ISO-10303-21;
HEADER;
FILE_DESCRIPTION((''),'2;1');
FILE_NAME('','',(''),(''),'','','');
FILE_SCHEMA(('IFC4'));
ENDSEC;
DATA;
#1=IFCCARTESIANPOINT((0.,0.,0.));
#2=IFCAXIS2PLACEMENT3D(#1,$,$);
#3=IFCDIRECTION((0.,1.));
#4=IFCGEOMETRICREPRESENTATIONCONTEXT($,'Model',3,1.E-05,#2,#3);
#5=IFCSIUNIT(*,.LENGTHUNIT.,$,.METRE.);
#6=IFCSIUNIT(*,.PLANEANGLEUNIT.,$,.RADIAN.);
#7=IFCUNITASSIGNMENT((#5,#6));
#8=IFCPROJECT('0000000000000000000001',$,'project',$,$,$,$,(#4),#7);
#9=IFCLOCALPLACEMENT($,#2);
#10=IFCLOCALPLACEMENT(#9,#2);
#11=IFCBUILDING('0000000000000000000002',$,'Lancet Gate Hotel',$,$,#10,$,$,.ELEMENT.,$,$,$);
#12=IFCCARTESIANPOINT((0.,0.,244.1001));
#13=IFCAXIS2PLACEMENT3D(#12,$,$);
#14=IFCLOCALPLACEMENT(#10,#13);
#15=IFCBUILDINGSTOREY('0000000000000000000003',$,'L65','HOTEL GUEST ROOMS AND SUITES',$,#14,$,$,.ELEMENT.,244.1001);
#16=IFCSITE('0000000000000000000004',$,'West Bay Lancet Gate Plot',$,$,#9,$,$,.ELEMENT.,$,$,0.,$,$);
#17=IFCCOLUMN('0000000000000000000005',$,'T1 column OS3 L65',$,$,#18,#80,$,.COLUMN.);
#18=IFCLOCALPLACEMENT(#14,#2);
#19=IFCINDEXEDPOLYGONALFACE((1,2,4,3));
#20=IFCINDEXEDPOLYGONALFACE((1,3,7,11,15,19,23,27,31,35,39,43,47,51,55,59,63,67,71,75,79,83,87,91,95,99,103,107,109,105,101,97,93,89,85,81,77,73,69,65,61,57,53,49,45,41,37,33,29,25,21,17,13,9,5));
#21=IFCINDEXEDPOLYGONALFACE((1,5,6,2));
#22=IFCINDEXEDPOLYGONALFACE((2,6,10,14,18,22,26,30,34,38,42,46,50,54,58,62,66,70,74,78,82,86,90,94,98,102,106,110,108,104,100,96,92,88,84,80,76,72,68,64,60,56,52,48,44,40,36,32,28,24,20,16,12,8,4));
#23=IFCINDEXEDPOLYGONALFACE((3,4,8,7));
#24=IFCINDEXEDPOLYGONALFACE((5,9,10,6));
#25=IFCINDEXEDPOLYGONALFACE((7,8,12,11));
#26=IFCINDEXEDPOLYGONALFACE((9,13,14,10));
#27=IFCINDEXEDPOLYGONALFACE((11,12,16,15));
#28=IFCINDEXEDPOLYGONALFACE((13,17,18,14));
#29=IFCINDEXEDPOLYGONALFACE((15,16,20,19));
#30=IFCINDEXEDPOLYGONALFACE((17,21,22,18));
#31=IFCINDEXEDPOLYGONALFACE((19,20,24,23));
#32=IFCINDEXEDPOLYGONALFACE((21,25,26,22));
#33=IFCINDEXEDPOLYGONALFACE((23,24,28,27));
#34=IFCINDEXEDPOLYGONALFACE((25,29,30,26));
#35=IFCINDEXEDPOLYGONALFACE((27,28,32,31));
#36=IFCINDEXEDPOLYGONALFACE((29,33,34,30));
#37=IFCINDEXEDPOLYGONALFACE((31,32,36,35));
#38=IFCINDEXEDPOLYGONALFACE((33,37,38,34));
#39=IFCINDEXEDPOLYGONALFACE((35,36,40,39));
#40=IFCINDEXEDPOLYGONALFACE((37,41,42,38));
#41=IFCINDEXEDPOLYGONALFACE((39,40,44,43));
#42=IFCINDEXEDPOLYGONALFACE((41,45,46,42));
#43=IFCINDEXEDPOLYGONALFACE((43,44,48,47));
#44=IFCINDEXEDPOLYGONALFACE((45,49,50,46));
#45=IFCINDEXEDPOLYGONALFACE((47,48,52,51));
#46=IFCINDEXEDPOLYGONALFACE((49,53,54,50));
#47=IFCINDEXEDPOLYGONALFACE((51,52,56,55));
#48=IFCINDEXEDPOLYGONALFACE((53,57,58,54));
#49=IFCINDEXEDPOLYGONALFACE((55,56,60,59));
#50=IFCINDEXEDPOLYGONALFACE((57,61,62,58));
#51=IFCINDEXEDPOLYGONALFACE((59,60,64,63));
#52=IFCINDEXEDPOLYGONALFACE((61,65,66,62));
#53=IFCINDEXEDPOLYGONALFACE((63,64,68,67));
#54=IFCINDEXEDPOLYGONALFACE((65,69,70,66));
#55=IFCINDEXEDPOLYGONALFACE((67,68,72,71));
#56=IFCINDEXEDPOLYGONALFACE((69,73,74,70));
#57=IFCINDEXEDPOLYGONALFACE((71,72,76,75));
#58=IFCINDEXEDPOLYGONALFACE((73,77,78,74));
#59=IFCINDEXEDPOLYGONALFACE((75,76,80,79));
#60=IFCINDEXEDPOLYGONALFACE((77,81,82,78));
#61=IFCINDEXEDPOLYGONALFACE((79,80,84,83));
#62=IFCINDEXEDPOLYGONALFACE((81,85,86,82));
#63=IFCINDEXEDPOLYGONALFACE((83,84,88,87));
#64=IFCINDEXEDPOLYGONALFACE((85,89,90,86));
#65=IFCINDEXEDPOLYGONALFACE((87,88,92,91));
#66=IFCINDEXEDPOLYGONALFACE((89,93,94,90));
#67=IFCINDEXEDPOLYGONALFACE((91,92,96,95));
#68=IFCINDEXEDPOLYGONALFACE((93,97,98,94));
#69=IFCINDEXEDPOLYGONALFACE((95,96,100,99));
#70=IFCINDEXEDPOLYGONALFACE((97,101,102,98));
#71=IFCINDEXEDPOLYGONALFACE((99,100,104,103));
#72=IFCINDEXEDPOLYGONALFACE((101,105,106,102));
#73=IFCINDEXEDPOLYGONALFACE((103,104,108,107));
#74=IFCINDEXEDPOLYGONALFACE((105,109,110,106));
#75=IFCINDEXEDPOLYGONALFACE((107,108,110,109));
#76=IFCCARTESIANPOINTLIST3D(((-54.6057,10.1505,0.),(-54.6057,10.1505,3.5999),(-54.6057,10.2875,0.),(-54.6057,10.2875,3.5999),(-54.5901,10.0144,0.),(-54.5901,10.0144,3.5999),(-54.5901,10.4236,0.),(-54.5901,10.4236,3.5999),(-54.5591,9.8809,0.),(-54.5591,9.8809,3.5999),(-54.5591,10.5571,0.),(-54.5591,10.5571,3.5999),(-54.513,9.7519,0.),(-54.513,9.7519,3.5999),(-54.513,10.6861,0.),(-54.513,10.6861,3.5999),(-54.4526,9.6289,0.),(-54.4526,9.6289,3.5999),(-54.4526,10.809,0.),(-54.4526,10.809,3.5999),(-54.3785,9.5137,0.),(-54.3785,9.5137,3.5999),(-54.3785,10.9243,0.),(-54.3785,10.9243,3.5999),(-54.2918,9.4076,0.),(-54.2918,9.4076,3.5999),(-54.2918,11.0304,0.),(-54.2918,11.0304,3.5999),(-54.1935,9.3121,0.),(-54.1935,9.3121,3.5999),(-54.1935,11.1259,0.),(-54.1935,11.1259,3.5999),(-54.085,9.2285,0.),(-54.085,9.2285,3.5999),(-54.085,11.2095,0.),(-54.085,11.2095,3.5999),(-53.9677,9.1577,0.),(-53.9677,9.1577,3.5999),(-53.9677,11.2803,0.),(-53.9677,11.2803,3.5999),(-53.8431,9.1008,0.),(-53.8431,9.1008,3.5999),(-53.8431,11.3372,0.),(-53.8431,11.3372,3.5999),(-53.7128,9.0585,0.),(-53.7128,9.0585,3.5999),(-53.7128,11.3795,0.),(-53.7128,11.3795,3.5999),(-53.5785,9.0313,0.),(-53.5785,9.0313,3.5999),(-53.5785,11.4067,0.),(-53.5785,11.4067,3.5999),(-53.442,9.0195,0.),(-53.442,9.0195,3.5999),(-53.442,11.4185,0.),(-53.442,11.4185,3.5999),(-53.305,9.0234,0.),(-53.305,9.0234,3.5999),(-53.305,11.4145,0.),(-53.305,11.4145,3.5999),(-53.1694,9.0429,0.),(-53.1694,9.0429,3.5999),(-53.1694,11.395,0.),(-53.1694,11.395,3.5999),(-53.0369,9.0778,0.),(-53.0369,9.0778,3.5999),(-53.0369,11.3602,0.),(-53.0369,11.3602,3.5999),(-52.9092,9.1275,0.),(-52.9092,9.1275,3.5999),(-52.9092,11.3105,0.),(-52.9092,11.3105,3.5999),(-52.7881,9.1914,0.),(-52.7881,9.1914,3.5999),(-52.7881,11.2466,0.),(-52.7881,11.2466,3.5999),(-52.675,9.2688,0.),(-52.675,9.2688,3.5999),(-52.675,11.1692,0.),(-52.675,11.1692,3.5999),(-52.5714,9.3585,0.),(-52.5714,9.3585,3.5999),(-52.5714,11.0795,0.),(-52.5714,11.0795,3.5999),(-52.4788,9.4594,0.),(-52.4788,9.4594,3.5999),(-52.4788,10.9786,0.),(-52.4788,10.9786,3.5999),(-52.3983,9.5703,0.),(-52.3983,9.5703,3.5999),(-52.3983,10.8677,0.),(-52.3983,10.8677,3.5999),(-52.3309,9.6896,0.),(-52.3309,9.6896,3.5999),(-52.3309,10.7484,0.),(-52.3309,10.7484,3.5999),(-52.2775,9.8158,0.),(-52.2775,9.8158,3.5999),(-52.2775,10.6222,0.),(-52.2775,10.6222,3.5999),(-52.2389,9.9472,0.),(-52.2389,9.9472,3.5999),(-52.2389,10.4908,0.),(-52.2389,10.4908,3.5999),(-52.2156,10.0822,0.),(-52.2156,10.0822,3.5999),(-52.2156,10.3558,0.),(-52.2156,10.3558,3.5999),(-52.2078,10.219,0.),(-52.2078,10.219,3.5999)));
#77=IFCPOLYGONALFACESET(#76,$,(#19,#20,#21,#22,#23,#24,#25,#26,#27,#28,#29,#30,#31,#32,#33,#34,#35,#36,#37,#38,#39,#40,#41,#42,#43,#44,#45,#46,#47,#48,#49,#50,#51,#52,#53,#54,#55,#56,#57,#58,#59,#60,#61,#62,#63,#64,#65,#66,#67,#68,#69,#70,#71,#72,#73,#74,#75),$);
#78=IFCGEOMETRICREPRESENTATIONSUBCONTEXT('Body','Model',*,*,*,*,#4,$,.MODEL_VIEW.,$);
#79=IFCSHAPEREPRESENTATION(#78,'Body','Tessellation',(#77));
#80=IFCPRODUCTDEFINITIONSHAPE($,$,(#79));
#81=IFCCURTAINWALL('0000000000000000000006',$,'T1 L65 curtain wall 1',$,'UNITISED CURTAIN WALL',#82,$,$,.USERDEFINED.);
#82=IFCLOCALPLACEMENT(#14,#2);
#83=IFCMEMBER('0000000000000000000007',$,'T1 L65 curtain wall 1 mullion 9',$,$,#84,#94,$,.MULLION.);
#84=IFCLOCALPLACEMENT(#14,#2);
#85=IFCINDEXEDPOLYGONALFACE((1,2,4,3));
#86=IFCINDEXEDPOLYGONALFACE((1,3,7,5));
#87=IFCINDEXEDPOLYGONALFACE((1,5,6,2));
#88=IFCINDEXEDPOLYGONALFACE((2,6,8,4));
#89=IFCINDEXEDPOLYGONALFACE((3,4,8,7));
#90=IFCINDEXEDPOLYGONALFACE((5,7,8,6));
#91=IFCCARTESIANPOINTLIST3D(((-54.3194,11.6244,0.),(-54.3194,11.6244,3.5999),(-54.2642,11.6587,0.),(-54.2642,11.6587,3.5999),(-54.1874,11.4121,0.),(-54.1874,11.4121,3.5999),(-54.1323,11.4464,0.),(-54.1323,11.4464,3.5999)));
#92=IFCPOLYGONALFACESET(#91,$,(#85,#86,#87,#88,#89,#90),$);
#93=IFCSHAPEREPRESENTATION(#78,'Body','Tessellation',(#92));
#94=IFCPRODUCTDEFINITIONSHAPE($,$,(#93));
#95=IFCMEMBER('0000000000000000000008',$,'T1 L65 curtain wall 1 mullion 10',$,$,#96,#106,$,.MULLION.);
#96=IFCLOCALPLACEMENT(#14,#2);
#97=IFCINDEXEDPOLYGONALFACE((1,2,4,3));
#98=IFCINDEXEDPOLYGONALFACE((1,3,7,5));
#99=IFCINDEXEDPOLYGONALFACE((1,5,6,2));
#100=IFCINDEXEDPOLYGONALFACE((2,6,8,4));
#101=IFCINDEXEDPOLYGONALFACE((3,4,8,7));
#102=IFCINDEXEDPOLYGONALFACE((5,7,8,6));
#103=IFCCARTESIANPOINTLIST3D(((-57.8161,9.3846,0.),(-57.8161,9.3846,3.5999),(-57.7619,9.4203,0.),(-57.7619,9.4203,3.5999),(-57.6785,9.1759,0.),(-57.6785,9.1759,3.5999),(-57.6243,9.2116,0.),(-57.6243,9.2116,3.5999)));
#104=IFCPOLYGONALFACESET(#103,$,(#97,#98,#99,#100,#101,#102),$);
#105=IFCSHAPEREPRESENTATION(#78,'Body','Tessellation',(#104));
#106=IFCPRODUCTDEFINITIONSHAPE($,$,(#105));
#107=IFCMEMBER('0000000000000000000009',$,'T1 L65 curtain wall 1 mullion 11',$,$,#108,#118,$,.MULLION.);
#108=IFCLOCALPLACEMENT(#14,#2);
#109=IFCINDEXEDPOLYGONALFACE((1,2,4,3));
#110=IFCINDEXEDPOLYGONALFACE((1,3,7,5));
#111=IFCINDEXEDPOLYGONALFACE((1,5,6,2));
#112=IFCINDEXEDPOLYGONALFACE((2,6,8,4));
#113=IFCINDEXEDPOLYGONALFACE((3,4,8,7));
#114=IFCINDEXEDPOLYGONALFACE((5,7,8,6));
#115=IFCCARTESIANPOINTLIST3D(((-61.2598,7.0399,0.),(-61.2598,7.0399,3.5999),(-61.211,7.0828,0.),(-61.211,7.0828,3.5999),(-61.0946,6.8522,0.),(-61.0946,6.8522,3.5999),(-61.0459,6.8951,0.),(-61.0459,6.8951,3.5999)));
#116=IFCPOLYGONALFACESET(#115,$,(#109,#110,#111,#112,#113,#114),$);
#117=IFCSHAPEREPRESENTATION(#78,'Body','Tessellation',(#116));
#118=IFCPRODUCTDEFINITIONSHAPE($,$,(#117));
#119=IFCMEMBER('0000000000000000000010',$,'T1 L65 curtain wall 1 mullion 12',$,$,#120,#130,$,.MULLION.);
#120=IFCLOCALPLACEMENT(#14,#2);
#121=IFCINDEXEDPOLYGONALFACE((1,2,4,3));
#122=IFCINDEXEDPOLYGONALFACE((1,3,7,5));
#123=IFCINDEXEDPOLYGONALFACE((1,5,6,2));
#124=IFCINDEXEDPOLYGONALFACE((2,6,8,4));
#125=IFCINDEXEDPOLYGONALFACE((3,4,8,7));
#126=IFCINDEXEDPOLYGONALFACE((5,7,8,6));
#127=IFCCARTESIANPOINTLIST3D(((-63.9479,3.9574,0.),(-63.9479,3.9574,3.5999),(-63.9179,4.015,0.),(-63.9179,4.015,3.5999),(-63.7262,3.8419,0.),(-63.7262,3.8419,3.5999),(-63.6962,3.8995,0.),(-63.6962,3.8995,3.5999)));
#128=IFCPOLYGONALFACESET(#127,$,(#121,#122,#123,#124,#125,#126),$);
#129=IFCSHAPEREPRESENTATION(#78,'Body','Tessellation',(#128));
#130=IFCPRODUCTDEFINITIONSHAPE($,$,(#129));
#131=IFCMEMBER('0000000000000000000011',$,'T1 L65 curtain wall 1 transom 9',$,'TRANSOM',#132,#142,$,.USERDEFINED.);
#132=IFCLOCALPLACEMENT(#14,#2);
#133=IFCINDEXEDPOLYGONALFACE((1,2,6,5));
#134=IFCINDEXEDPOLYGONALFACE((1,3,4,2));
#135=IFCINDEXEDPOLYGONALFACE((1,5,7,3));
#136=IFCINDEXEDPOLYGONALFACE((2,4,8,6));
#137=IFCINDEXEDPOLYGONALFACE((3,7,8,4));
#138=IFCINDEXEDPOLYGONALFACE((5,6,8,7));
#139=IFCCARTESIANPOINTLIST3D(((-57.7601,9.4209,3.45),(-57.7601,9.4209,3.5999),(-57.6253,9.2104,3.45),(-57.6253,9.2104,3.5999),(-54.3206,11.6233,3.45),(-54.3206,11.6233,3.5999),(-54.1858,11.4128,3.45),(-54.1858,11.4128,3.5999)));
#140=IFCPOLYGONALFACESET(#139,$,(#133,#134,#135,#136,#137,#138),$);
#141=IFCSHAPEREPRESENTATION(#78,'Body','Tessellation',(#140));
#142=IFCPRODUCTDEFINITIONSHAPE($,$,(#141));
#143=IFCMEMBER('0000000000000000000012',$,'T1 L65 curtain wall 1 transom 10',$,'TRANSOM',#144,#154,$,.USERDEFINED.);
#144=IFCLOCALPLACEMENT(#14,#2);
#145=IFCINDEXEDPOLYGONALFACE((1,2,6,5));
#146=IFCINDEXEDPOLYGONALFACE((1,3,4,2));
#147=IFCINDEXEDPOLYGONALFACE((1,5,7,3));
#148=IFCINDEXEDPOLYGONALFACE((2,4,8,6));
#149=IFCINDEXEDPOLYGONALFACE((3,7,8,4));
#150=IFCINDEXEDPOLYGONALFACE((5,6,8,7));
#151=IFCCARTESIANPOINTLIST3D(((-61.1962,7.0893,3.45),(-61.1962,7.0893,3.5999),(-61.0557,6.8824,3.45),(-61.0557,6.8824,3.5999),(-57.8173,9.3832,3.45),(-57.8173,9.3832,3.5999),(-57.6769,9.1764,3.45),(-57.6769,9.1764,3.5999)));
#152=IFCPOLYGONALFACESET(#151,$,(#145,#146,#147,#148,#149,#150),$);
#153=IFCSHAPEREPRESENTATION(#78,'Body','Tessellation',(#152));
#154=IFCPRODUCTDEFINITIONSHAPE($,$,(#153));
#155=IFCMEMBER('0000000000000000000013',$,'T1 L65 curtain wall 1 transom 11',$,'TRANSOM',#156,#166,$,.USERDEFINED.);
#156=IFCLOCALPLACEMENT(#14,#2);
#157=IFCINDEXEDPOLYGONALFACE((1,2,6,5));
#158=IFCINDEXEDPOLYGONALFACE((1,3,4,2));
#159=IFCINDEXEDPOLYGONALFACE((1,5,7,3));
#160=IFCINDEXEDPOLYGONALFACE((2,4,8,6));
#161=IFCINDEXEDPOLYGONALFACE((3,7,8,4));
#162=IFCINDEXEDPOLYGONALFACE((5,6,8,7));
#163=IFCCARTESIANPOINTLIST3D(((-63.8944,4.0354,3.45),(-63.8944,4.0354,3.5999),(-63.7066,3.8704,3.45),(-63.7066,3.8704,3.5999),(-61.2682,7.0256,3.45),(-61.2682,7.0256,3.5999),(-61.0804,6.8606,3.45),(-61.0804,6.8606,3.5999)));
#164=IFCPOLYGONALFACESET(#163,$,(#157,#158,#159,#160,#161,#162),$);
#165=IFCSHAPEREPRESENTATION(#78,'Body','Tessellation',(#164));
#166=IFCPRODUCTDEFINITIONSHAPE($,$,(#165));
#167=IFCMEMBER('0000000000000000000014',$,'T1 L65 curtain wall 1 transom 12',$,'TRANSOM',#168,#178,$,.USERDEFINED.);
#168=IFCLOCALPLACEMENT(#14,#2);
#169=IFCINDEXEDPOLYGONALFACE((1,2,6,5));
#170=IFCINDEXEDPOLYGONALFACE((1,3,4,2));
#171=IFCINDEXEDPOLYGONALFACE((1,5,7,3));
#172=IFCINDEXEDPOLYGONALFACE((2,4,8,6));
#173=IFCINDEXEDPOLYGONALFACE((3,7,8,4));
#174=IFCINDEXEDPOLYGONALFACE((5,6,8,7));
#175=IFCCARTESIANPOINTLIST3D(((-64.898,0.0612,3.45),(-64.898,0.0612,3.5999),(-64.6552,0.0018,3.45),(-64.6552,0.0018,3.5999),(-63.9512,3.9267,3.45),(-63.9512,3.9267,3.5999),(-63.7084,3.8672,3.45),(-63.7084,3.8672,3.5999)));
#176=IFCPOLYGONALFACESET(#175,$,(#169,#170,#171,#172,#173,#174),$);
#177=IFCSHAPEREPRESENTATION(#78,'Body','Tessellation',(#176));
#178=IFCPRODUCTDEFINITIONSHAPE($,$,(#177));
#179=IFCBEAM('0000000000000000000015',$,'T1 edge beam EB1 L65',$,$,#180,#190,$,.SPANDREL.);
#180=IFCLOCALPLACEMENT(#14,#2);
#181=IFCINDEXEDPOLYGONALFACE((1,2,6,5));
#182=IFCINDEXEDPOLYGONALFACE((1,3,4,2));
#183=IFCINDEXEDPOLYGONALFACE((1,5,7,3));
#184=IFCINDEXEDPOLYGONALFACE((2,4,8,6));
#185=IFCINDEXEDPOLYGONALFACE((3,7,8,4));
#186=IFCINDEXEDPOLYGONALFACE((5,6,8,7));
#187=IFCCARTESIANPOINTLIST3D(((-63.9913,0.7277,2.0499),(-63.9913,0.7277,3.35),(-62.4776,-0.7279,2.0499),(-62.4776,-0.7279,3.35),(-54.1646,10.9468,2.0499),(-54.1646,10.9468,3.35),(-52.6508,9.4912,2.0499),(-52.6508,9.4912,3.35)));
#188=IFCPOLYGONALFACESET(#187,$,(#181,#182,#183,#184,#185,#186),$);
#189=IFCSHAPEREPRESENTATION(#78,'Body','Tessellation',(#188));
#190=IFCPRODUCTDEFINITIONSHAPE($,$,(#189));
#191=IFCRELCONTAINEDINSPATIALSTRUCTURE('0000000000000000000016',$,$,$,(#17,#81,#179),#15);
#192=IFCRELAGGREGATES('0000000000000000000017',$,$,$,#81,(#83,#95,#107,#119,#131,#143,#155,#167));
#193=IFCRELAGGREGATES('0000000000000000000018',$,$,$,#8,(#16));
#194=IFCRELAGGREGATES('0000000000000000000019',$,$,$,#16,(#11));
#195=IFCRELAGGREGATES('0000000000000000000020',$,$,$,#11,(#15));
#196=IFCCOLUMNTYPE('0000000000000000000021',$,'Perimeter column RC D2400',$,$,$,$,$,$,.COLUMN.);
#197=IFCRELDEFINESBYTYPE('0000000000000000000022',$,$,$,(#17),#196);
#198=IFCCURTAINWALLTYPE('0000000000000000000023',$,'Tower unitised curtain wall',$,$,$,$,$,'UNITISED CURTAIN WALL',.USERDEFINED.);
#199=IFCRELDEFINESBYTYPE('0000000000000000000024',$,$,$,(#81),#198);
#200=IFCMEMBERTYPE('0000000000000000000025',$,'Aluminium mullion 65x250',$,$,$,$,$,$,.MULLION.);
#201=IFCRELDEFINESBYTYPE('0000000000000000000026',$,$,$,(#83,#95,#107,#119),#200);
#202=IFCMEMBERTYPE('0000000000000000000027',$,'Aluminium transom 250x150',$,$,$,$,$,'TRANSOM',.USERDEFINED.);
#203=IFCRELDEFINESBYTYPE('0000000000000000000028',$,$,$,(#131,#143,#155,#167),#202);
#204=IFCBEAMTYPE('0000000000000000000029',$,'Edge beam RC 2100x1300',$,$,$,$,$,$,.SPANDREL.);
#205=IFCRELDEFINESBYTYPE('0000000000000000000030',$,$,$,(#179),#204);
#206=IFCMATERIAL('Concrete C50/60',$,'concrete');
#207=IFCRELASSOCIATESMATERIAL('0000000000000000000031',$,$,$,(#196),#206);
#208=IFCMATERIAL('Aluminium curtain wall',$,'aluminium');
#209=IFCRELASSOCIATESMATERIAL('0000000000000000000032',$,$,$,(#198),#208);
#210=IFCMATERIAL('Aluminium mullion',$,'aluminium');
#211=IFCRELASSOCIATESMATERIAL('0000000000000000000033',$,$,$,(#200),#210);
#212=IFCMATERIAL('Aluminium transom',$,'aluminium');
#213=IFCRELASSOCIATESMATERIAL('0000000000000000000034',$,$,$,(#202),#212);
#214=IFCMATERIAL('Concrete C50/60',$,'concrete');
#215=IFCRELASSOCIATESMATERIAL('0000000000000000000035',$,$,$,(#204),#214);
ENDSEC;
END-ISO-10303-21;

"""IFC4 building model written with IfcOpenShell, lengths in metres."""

from ifc_helpers import new_model, si_unit, direction, frame, origin, origin_2d, place, context, subcontext, project, spatial, rectangle, circle, extrude, material, material_profile, profile_set, type_object, element, aggregate, save


model = new_model("IFC4")

# Units and contexts
model_context = context("Model", 3, precision=1e-05, world=origin(), true_north=direction((0.0, 1.0)))
body_context = subcontext(model_context, "Body", "Model", "MODEL_VIEW")
ifc_project = project(units=[si_unit("LENGTHUNIT", "METRE"), si_unit("PLANEANGLEUNIT", "RADIAN")], contexts=[model_context])

# Site, building, storey
site_placement = place(None, origin())
site = spatial("IfcSite", under=ifc_project, at=site_placement, Name="West Bay Lancet Gate Plot", CompositionType="ELEMENT", RefElevation=0.0)
building_placement = place(site_placement, origin())
building = spatial("IfcBuilding", under=site, at=building_placement, Name="Lancet Gate Hotel", CompositionType="ELEMENT")
storey_placement = place(building_placement, frame((0.0, 0.0, 244.1001)))
storey = spatial("IfcBuildingStorey", under=building, at=storey_placement, Name="L65", Description="HOTEL GUEST ROOMS AND SUITES", CompositionType="ELEMENT", Elevation=244.1001)

# Column
ifc_material_1 = material(Name="Concrete C50/60", Category="concrete")
ifc_material_profile_1 = material_profile(ifc_material_1, circle(Radius=1.2, at=origin_2d()), Name="RC D2400")
ifc_profile_set_1 = profile_set([ifc_material_profile_1], Name="Concrete C50/60")
column_type = type_object("IfcColumnType", Name="Perimeter column RC D2400", PredefinedType="COLUMN", material=ifc_profile_set_1)
column_placement = place(storey_placement, frame((-53.4077, 10.219, 0.0), z_axis=(0.0, 0.0, 1.0), x_axis=(1.0, 0.0, 0.0)))
element("IfcColumn", 1, at=column_placement, inside=storey, type_object=column_type, Name="T1 column OS3 L65", PredefinedType="COLUMN", context=body_context, shape_type="SweptSolid", body=[
    extrude(circle(Radius=1.2, at=origin_2d()), origin(), (0.0, 0.0, 1.0), 3.5999),
])

# Curtain wall, members
ifc_material_2 = material(Name="Aluminium curtain wall", Category="aluminium")
curtain_wall_type = type_object("IfcCurtainWallType", Name="Tower unitised curtain wall", ElementType="UNITISED CURTAIN WALL", PredefinedType="USERDEFINED", material=ifc_material_2)
curtain_wall_placement = place(storey_placement, origin())
curtain_wall = element("IfcCurtainWall", 2, at=curtain_wall_placement, inside=storey, type_object=curtain_wall_type, Name="T1 L65 curtain wall 1", ObjectType="UNITISED CURTAIN WALL", PredefinedType="USERDEFINED")
ifc_material_3 = material(Name="Aluminium mullion", Category="aluminium")
ifc_material_profile_2 = material_profile(ifc_material_3, rectangle(XDim=0.0649, YDim=0.25, at=origin_2d()), Name="MULLION 65x250")
ifc_profile_set_2 = profile_set([ifc_material_profile_2], Name="Aluminium mullion")
member_type_1 = type_object("IfcMemberType", Name="Aluminium mullion 65x250", PredefinedType="MULLION", material=ifc_profile_set_2)
member_1_placement = place(storey_placement, frame((-54.2258, 11.5354, 0.0), z_axis=(0.0, 0.0, 1.0), x_axis=(-0.849342, -0.527842, 0.0)))
member_1 = element("IfcMember", 3, at=member_1_placement, type_object=member_type_1, Name="T1 L65 curtain wall 1 mullion 9", PredefinedType="MULLION", context=body_context, shape_type="SweptSolid", body=[
    extrude(rectangle(XDim=0.0649, YDim=0.25, at=origin_2d()), origin(), (0.0, 0.0, 1.0), 3.5999),
])
member_2_placement = place(storey_placement, frame((-57.7202, 9.2981, 0.0), z_axis=(0.0, 0.0, 1.0), x_axis=(-0.834827, -0.550512, 0.0)))
member_2 = element("IfcMember", 4, at=member_2_placement, type_object=member_type_1, Name="T1 L65 curtain wall 1 mullion 10", PredefinedType="MULLION", context=body_context, shape_type="SweptSolid", body=[
    extrude(rectangle(XDim=0.0649, YDim=0.25, at=origin_2d()), origin(), (0.0, 0.0, 1.0), 3.5999),
])
member_3_placement = place(storey_placement, frame((-61.1528, 6.9675, 0.0), z_axis=(0.0, 0.0, 1.0), x_axis=(-0.750716, -0.660626, 0.0)))
member_3 = element("IfcMember", 5, at=member_3_placement, type_object=member_type_1, Name="T1 L65 curtain wall 1 mullion 11", PredefinedType="MULLION", context=body_context, shape_type="SweptSolid", body=[
    extrude(rectangle(XDim=0.0649, YDim=0.25, at=origin_2d()), origin(), (0.0, 0.0, 1.0), 3.5999),
])
member_4_placement = place(storey_placement, frame((-63.822, 3.9285, 0.0), z_axis=(0.0, 0.0, 1.0), x_axis=(-0.462178, -0.886787, 0.0)))
member_4 = element("IfcMember", 6, at=member_4_placement, type_object=member_type_1, Name="T1 L65 curtain wall 1 mullion 12", PredefinedType="MULLION", context=body_context, shape_type="SweptSolid", body=[
    extrude(rectangle(XDim=0.0649, YDim=0.25, at=origin_2d()), origin(), (0.0, 0.0, 1.0), 3.5999),
])
ifc_material_4 = material(Name="Aluminium transom", Category="aluminium")
ifc_material_profile_3 = material_profile(ifc_material_4, rectangle(XDim=0.25, YDim=0.1499, at=origin_2d()), Name="TRANSOM 250x150")
ifc_profile_set_3 = profile_set([ifc_material_profile_3], Name="Aluminium transom")
member_type_2 = type_object("IfcMemberType", Name="Aluminium transom 250x150", ElementType="TRANSOM", PredefinedType="USERDEFINED", material=ifc_profile_set_3)
member_5_placement = place(storey_placement, frame((-54.2532, 11.5181, 3.5249), z_axis=(-0.842144, -0.539252, 0.0), x_axis=(0.539252, -0.842144, 0.0)))
member_5 = element("IfcMember", 7, at=member_5_placement, type_object=member_type_2, Name="T1 L65 curtain wall 1 transom 9", ObjectType="TRANSOM", PredefinedType="USERDEFINED", context=body_context, shape_type="SweptSolid", body=[
    extrude(rectangle(XDim=0.25, YDim=0.1499, at=origin_2d()), origin(), (0.0, 0.0, 1.0), 4.0842),
])
member_6_placement = place(storey_placement, frame((-57.7471, 9.2798, 3.5249), z_axis=(-0.827349, -0.561689, 0.0), x_axis=(0.561689, -0.827349, 0.0)))
member_6 = element("IfcMember", 8, at=member_6_placement, type_object=member_type_2, Name="T1 L65 curtain wall 1 transom 10", ObjectType="TRANSOM", PredefinedType="USERDEFINED", context=body_context, shape_type="SweptSolid", body=[
    extrude(rectangle(XDim=0.25, YDim=0.1499, at=origin_2d()), origin(), (0.0, 0.0, 1.0), 4.084),
])
member_7_placement = place(storey_placement, frame((-61.1743, 6.9431, 3.5249), z_axis=(-0.659893, -0.751359, 0.0), x_axis=(0.751359, -0.659893, 0.0)))
member_7 = element("IfcMember", 9, at=member_7_placement, type_object=member_type_2, Name="T1 L65 curtain wall 1 transom 11", ObjectType="TRANSOM", PredefinedType="USERDEFINED", context=body_context, shape_type="SweptSolid", body=[
    extrude(rectangle(XDim=0.25, YDim=0.1499, at=origin_2d()), origin(), (0.0, 0.0, 1.0), 3.9797),
])
member_8_placement = place(storey_placement, frame((-63.8298, 3.897, 3.5249), z_axis=(-0.237899, -0.97129, 0.0), x_axis=(0.97129, -0.237899, 0.0)))
member_8 = element("IfcMember", 10, at=member_8_placement, type_object=member_type_2, Name="T1 L65 curtain wall 1 transom 12", ObjectType="TRANSOM", PredefinedType="USERDEFINED", context=body_context, shape_type="SweptSolid", body=[
    extrude(rectangle(XDim=0.25, YDim=0.1499, at=origin_2d()), origin(), (0.0, 0.0, 1.0), 3.9797),
])

# Beam
ifc_material_5 = material(Name="Concrete C50/60", Category="concrete")
ifc_material_profile_4 = material_profile(ifc_material_5, rectangle(XDim=2.1001, YDim=1.3, at=origin_2d()), Name="RC 2100x1300")
ifc_profile_set_4 = profile_set([ifc_material_profile_4], Name="Concrete C50/60")
beam_type_1 = type_object("IfcBeamType", Name="Edge beam RC 2100x1300", PredefinedType="SPANDREL", material=ifc_profile_set_4)
for number, where, z_axis, x_axis, name in (
    (11, (-53.4077, 10.219, 2.7), (-0.693135, -0.720808, 0.0), (0.720808, -0.693135, 0.0), "T1 edge beam EB1 L65"),
):
    element("IfcBeam", number, at=place(storey_placement, frame(where, z_axis=z_axis, x_axis=x_axis)), inside=storey, type_object=beam_type_1, Name=name, PredefinedType="SPANDREL", context=body_context, shape_type="SweptSolid", body=[
        extrude(rectangle(XDim=2.1001, YDim=1.3, at=origin_2d()), origin(), (0.0, 0.0, 1.0), 14.1772),
    ])

aggregate(curtain_wall, [member_1, member_2, member_3, member_4, member_5, member_6, member_7, member_8])

save(model, "model.ifc")
